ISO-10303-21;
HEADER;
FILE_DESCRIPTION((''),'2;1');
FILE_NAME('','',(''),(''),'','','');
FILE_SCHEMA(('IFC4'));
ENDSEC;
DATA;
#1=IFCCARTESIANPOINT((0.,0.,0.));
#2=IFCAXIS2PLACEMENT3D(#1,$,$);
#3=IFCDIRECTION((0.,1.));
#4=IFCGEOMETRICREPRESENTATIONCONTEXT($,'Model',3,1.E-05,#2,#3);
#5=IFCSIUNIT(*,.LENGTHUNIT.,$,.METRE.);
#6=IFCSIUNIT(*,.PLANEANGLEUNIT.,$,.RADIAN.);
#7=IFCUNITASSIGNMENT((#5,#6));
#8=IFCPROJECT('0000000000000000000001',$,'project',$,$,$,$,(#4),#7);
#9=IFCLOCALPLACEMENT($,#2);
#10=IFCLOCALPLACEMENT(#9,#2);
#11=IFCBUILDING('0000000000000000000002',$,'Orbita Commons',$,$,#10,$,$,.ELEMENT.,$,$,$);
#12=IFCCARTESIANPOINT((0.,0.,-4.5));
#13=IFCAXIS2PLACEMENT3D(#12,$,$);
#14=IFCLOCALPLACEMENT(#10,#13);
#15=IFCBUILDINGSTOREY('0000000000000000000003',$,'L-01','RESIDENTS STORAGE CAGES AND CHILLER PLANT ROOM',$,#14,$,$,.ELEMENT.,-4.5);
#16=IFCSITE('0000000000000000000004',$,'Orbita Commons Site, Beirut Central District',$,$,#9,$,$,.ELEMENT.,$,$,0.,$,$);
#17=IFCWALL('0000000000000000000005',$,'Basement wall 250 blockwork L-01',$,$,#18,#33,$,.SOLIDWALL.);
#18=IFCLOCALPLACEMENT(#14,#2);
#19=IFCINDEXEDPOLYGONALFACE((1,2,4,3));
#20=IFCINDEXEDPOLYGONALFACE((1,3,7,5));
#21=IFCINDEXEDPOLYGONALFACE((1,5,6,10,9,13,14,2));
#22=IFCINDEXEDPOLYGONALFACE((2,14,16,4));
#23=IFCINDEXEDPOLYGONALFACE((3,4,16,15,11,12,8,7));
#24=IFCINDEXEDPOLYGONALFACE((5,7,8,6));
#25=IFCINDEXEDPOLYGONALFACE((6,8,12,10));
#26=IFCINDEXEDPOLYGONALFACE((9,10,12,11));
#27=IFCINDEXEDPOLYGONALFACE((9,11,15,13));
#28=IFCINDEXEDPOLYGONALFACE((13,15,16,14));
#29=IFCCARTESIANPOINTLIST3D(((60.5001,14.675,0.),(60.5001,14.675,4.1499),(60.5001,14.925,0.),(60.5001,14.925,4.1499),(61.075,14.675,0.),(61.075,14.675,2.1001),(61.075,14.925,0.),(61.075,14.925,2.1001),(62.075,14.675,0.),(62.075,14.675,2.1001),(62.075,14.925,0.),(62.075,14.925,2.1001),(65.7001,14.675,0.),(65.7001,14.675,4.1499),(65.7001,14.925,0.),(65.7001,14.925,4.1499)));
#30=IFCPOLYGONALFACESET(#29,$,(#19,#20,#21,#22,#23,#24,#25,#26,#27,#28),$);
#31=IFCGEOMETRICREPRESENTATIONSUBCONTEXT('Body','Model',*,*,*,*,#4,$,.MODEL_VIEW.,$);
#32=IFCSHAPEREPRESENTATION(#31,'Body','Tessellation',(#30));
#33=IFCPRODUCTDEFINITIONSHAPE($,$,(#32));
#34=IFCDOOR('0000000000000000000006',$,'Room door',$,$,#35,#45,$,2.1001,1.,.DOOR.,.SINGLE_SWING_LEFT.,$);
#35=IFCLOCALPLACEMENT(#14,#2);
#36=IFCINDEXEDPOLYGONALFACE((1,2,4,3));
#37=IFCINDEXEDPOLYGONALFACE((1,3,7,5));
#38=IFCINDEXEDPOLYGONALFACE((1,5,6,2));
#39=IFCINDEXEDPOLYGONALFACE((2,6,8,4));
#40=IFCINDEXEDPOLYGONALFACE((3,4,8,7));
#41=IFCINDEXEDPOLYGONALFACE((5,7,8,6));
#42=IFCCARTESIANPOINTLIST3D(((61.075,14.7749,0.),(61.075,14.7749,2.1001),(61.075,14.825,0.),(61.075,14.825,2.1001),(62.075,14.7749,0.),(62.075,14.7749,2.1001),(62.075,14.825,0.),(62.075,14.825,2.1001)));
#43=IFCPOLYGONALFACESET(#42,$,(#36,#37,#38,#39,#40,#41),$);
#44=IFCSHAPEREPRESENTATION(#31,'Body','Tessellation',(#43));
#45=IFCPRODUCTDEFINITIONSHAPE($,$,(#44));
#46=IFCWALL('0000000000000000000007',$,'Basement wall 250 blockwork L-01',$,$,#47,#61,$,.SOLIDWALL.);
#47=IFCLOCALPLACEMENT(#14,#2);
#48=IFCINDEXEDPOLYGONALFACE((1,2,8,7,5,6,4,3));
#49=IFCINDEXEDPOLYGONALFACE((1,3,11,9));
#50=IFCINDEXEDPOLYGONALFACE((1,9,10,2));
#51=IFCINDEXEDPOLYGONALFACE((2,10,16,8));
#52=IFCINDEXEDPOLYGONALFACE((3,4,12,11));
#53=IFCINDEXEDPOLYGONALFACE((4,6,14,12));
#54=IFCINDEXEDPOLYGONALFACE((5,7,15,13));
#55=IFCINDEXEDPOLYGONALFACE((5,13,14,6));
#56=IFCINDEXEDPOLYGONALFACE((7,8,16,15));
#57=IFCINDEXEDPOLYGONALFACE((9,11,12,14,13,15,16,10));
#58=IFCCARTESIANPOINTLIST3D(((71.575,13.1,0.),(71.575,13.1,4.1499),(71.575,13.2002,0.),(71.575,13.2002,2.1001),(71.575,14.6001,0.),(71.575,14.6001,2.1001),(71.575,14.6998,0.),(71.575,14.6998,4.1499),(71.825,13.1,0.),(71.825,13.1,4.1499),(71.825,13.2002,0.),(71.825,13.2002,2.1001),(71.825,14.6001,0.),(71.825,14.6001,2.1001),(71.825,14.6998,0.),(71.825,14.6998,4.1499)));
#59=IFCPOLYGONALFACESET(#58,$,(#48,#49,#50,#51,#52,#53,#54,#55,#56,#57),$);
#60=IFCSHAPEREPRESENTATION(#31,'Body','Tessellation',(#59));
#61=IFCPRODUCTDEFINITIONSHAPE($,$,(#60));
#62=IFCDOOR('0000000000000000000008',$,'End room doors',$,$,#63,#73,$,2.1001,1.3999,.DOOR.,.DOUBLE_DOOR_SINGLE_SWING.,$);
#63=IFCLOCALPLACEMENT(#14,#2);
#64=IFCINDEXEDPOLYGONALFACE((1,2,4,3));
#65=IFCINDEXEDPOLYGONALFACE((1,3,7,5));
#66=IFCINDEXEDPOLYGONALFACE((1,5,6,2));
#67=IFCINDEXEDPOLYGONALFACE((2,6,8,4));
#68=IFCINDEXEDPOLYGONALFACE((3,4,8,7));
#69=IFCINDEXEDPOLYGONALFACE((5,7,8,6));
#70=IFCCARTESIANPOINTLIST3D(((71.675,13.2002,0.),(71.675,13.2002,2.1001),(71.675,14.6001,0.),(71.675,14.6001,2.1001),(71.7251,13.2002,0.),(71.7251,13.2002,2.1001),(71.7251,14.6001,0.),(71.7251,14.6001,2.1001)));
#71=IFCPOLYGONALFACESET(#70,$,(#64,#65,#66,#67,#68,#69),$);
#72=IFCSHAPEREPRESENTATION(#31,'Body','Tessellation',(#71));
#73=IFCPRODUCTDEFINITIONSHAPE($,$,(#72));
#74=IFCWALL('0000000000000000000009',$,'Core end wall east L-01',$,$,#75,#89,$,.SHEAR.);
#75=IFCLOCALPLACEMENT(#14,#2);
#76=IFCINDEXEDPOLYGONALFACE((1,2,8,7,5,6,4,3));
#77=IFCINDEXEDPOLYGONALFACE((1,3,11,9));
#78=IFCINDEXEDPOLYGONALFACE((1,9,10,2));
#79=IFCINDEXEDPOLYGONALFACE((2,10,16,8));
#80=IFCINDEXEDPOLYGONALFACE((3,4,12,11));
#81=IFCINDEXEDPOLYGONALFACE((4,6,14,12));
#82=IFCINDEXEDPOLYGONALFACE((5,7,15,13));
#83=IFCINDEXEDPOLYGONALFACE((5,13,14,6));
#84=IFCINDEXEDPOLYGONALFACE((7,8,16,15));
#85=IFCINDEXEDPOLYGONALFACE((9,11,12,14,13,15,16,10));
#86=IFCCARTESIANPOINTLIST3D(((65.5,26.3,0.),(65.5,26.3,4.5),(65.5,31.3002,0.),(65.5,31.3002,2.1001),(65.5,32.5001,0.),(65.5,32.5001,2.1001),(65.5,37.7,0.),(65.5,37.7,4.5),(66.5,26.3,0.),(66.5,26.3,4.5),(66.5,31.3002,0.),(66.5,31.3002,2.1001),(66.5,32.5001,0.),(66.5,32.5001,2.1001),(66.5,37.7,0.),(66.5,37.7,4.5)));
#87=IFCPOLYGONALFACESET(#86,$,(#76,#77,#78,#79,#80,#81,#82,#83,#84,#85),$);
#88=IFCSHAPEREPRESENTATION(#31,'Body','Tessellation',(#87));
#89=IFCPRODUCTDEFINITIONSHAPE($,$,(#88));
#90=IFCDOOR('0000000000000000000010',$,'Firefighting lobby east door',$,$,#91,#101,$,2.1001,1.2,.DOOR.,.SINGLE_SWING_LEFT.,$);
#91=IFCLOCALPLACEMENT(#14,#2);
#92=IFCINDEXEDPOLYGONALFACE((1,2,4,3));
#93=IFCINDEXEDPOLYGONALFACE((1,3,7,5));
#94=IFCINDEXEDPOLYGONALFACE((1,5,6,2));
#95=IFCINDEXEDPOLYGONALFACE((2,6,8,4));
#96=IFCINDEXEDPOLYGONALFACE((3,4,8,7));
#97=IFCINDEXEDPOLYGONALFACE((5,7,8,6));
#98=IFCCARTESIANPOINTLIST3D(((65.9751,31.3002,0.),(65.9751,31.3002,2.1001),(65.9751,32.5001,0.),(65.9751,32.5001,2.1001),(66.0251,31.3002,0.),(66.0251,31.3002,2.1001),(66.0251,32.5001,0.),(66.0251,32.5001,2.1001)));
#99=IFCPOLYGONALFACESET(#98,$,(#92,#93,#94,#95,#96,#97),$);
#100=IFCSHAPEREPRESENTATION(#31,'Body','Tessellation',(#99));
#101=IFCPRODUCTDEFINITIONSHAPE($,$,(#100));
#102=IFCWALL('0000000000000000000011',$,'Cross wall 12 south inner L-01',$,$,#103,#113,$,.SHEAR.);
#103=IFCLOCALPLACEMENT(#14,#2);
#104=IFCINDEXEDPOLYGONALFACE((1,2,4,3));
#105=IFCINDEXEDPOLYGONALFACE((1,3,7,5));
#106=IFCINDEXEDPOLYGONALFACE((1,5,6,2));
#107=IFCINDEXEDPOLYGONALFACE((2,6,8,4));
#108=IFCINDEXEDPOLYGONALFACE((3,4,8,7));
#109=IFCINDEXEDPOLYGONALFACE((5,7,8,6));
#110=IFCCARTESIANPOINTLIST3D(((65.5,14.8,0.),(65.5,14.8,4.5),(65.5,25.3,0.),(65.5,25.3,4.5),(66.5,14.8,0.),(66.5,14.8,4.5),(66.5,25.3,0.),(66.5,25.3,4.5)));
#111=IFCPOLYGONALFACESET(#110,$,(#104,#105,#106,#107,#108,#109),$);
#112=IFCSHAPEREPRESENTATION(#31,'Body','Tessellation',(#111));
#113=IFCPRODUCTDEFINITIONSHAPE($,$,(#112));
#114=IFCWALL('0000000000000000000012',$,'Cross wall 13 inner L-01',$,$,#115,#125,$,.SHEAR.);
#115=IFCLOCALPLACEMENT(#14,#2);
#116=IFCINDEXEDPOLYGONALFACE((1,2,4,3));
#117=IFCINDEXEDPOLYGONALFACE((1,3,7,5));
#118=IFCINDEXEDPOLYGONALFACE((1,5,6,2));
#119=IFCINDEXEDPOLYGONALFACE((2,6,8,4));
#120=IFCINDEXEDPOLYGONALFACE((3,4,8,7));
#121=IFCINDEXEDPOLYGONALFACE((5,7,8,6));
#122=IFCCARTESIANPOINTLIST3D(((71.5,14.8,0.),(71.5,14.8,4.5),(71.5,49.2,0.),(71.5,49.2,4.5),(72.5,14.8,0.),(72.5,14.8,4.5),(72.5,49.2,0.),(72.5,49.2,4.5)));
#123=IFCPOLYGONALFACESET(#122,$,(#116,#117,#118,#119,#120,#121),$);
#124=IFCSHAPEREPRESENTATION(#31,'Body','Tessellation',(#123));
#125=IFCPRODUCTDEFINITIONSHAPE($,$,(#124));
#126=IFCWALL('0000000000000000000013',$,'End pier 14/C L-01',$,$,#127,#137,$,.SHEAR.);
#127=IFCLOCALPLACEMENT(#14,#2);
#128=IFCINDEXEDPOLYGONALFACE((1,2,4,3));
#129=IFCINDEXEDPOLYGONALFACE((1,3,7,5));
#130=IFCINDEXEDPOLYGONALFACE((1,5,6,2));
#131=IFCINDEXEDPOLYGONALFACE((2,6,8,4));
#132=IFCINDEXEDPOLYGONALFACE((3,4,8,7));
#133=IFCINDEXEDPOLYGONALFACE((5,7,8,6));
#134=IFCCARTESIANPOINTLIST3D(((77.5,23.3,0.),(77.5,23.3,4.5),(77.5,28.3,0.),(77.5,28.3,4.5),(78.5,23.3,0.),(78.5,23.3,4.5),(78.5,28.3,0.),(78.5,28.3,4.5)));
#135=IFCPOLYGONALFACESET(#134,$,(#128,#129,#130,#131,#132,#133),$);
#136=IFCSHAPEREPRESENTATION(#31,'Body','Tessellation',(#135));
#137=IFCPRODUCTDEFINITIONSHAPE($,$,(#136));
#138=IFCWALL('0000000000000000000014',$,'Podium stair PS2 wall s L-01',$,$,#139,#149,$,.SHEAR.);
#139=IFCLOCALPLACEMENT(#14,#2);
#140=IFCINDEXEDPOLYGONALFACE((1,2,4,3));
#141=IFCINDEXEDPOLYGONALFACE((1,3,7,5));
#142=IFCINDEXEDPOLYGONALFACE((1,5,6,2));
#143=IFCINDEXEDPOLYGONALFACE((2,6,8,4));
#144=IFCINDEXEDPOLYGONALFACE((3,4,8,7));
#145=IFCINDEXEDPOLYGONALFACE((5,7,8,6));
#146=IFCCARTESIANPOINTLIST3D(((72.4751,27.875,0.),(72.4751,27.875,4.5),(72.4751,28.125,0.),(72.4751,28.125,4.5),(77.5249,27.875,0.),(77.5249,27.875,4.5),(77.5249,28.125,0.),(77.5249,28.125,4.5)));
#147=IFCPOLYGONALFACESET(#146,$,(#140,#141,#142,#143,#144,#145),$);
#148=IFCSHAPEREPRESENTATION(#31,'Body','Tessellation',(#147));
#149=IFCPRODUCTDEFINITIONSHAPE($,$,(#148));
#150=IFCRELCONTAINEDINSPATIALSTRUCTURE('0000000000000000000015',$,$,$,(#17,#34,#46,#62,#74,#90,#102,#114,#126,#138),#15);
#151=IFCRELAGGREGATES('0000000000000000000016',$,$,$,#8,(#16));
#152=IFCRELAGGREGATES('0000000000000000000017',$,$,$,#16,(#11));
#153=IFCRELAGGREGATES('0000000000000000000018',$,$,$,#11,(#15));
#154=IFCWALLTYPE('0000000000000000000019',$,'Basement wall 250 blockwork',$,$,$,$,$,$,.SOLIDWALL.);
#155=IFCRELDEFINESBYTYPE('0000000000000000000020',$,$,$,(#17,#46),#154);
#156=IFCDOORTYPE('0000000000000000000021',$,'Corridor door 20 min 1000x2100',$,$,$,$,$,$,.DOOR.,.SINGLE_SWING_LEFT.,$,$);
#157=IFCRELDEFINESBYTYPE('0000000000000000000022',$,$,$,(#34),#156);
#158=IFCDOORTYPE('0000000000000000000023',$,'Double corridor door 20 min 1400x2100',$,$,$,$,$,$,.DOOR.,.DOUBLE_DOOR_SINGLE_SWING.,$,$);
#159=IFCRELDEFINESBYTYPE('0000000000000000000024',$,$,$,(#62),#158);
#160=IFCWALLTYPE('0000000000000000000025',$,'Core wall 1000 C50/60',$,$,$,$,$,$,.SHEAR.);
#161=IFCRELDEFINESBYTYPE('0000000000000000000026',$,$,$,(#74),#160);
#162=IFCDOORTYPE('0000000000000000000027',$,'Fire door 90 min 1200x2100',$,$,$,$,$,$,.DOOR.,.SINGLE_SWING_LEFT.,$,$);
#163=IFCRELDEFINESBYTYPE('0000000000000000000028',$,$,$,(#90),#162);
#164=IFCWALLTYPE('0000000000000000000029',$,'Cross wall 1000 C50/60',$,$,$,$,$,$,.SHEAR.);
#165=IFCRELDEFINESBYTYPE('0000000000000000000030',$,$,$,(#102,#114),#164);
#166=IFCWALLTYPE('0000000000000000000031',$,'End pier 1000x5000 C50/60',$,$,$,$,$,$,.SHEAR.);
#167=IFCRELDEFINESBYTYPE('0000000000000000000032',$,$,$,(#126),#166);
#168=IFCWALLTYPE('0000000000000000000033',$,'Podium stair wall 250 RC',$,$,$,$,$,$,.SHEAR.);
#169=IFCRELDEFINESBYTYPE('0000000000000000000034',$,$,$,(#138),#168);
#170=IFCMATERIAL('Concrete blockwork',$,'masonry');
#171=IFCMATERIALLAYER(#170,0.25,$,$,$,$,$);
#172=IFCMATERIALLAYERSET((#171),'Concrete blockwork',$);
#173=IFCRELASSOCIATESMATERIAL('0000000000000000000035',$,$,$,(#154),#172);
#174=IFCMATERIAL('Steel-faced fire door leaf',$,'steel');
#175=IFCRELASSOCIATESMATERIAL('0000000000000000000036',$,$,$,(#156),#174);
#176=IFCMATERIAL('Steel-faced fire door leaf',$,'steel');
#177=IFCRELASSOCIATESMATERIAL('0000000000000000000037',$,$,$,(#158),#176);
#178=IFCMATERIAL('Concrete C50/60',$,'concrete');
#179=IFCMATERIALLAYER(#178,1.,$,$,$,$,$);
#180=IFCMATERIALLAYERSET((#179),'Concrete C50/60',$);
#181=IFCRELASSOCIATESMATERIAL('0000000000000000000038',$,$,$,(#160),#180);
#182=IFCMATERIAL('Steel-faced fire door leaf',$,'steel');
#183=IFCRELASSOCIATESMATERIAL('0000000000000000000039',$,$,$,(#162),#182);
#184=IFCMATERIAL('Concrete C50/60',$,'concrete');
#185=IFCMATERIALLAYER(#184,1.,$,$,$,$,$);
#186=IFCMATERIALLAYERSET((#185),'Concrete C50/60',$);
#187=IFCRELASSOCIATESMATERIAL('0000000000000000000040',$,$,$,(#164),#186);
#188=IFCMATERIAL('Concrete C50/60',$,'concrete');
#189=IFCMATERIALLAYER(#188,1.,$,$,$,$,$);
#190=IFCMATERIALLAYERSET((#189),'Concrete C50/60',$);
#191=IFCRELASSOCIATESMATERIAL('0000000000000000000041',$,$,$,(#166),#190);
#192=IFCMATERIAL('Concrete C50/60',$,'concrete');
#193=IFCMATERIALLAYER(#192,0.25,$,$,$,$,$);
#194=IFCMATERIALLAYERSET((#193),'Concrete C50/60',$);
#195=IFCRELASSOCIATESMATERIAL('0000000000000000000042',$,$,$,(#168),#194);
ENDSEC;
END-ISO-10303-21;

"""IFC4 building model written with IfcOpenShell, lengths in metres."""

from ifc_helpers import new_model, si_unit, direction, frame, frame_2d, origin, place, context, subcontext, project, spatial, rectangle, extrude, material, layer, layer_set, type_object, element, fill, save


model = new_model("IFC4")

# Units and contexts
model_context = context("Model", 3, precision=1e-05, world=origin(), true_north=direction((0.0, 1.0)))
body_context = subcontext(model_context, "Body", "Model", "MODEL_VIEW")
ifc_project = project(units=[si_unit("LENGTHUNIT", "METRE"), si_unit("PLANEANGLEUNIT", "RADIAN")], contexts=[model_context])

# Site, building, storey
site_placement = place(None, origin())
site = spatial("IfcSite", under=ifc_project, at=site_placement, Name="Orbita Commons Site, Beirut Central District", CompositionType="ELEMENT", RefElevation=0.0)
building_placement = place(site_placement, origin())
building = spatial("IfcBuilding", under=site, at=building_placement, Name="Orbita Commons", CompositionType="ELEMENT")
storey_placement = place(building_placement, frame((0.0, 0.0, -4.5)))
storey = spatial("IfcBuildingStorey", under=building, at=storey_placement, Name="L-01", Description="RESIDENTS STORAGE CAGES AND CHILLER PLANT ROOM", CompositionType="ELEMENT", Elevation=-4.5)

# Shared definitions
ifc_material_1 = material(Name="Concrete blockwork", Category="masonry")
ifc_layer_1 = layer(ifc_material_1, 0.25)
ifc_layer_set_1 = layer_set([ifc_layer_1], Name="Concrete blockwork")
wall_type_1 = type_object("IfcWallType", Name="Basement wall 250 blockwork", PredefinedType="SOLIDWALL", material=ifc_layer_set_1)

# Walls, openings, doors
wall_1_placement = place(storey_placement, frame((60.5, 14.8, 0.0), z_axis=(0.0, 0.0, 1.0), x_axis=(1.0, 0.0, 0.0)))
wall_1 = element("IfcWall", 1, at=wall_1_placement, inside=storey, type_object=wall_type_1, Name="Basement wall 250 blockwork L-01", PredefinedType="SOLIDWALL", context=body_context, shape_type="SweptSolid", body=[
    extrude(rectangle(XDim=5.2, YDim=0.25, at=frame_2d((2.6001, 0.0))), origin(), (0.0, 0.0, 1.0), 4.1499),
])
opening_1_placement = place(wall_1_placement, frame((0.575, 0.0, 0.0)))
opening_1 = element("IfcOpeningElement", 2, at=opening_1_placement, cuts=wall_1, PredefinedType="OPENING", context=body_context, shape_type="SweptSolid", body=[
    extrude(rectangle(XDim=1.0, YDim=2.1001, at=frame_2d((0.5, 1.05))), frame((0.0, 0.135, 0.0), z_axis=(0.0, -1.0, 0.0), x_axis=(1.0, 0.0, 0.0)), (0.0, 0.0, 1.0), 0.27),
])
ifc_material_2 = material(Name="Steel-faced fire door leaf", Category="steel")
door_type_1 = type_object("IfcDoorType", Name="Corridor door 20 min 1000x2100", OperationType="SINGLE_SWING_LEFT", PredefinedType="DOOR", material=ifc_material_2)
door_1_placement = place(opening_1_placement, origin())
door_1 = element("IfcDoor", 3, at=door_1_placement, inside=storey, type_object=door_type_1, Name="Room door", OperationType="SINGLE_SWING_LEFT", OverallHeight=2.1001, OverallWidth=1.0, PredefinedType="DOOR", context=body_context, shape_type="SweptSolid", body=[
    extrude(rectangle(XDim=1.0, YDim=2.1001, at=frame_2d((0.5, 1.05))), frame((0.0, 0.0249, 0.0), z_axis=(0.0, -1.0, 0.0), x_axis=(1.0, 0.0, 0.0)), (0.0, 0.0, 1.0), 0.05),
])
fill(opening_1, door_1)
wall_2_placement = place(storey_placement, frame((71.7, 13.1001, 0.0), z_axis=(0.0, 0.0, 1.0), x_axis=(0.0, 1.0, 0.0)))
wall_2 = element("IfcWall", 4, at=wall_2_placement, inside=storey, type_object=wall_type_1, Name="Basement wall 250 blockwork L-01", PredefinedType="SOLIDWALL", context=body_context, shape_type="SweptSolid", body=[
    extrude(rectangle(XDim=1.5999, YDim=0.25, at=frame_2d((0.7998, 0.0))), origin(), (0.0, 0.0, 1.0), 4.1499),
])
opening_2_placement = place(wall_2_placement, frame((0.1001, 0.0, 0.0)))
opening_2 = element("IfcOpeningElement", 5, at=opening_2_placement, cuts=wall_2, PredefinedType="OPENING", context=body_context, shape_type="SweptSolid", body=[
    extrude(rectangle(XDim=1.3999, YDim=2.1001, at=frame_2d((0.7, 1.05))), frame((0.0, 0.135, 0.0), z_axis=(0.0, -1.0, 0.0), x_axis=(1.0, 0.0, 0.0)), (0.0, 0.0, 1.0), 0.27),
])
ifc_material_3 = material(Name="Steel-faced fire door leaf", Category="steel")
door_type_2 = type_object("IfcDoorType", Name="Double corridor door 20 min 1400x2100", OperationType="DOUBLE_DOOR_SINGLE_SWING", PredefinedType="DOOR", material=ifc_material_3)
door_2_placement = place(opening_2_placement, origin())
door_2 = element("IfcDoor", 6, at=door_2_placement, inside=storey, type_object=door_type_2, Name="End room doors", OperationType="DOUBLE_DOOR_SINGLE_SWING", OverallHeight=2.1001, OverallWidth=1.3999, PredefinedType="DOOR", context=body_context, shape_type="SweptSolid", body=[
    extrude(rectangle(XDim=1.3999, YDim=2.1001, at=frame_2d((0.7, 1.05))), frame((0.0, 0.0249, 0.0), z_axis=(0.0, -1.0, 0.0), x_axis=(1.0, 0.0, 0.0)), (0.0, 0.0, 1.0), 0.05),
])
fill(opening_2, door_2)
ifc_material_4 = material(Name="Concrete C50/60", Category="concrete")
ifc_layer_2 = layer(ifc_material_4, 1.0)
ifc_layer_set_2 = layer_set([ifc_layer_2], Name="Concrete C50/60")
wall_type_2 = type_object("IfcWallType", Name="Core wall 1000 C50/60", PredefinedType="SHEAR", material=ifc_layer_set_2)
wall_3_placement = place(storey_placement, frame((66.0, 26.3, 0.0), z_axis=(0.0, 0.0, 1.0), x_axis=(0.0, 1.0, 0.0)))
wall_3 = element("IfcWall", 7, at=wall_3_placement, inside=storey, type_object=wall_type_2, Name="Core end wall east L-01", PredefinedType="SHEAR", context=body_context, shape_type="SweptSolid", body=[
    extrude(rectangle(XDim=11.3999, YDim=1.0, at=frame_2d((5.7, 0.0))), origin(), (0.0, 0.0, 1.0), 4.5),
])
opening_3_placement = place(wall_3_placement, frame((5.0, 0.0, 0.0)))
opening_3 = element("IfcOpeningElement", 8, at=opening_3_placement, cuts=wall_3, PredefinedType="OPENING", context=body_context, shape_type="SweptSolid", body=[
    extrude(rectangle(XDim=1.2, YDim=2.1001, at=frame_2d((0.6001, 1.05))), frame((0.0, 0.51, 0.0), z_axis=(0.0, -1.0, 0.0), x_axis=(1.0, 0.0, 0.0)), (0.0, 0.0, 1.0), 1.02),
])
ifc_material_5 = material(Name="Steel-faced fire door leaf", Category="steel")
door_type_3 = type_object("IfcDoorType", Name="Fire door 90 min 1200x2100", OperationType="SINGLE_SWING_LEFT", PredefinedType="DOOR", material=ifc_material_5)
door_3_placement = place(opening_3_placement, origin())
door_3 = element("IfcDoor", 9, at=door_3_placement, inside=storey, type_object=door_type_3, Name="Firefighting lobby east door", OperationType="SINGLE_SWING_LEFT", OverallHeight=2.1001, OverallWidth=1.2, PredefinedType="DOOR", context=body_context, shape_type="SweptSolid", body=[
    extrude(rectangle(XDim=1.2, YDim=2.1001, at=frame_2d((0.6001, 1.05))), frame((0.0, 0.0249, 0.0), z_axis=(0.0, -1.0, 0.0), x_axis=(1.0, 0.0, 0.0)), (0.0, 0.0, 1.0), 0.05),
])
fill(opening_3, door_3)

# Walls
ifc_material_6 = material(Name="Concrete C50/60", Category="concrete")
ifc_layer_3 = layer(ifc_material_6, 1.0)
ifc_layer_set_3 = layer_set([ifc_layer_3], Name="Concrete C50/60")
wall_type_3 = type_object("IfcWallType", Name="Cross wall 1000 C50/60", PredefinedType="SHEAR", material=ifc_layer_set_3)
wall_4_placement = place(storey_placement, frame((66.0, 14.8, 0.0), z_axis=(0.0, 0.0, 1.0), x_axis=(0.0, 1.0, 0.0)))
element("IfcWall", 10, at=wall_4_placement, inside=storey, type_object=wall_type_3, Name="Cross wall 12 south inner L-01", PredefinedType="SHEAR", context=body_context, shape_type="SweptSolid", body=[
    extrude(rectangle(XDim=10.5, YDim=1.0, at=frame_2d((5.25, 0.0))), origin(), (0.0, 0.0, 1.0), 4.5),
])
wall_5_placement = place(storey_placement, frame((72.0, 14.8, 0.0), z_axis=(0.0, 0.0, 1.0), x_axis=(0.0, 1.0, 0.0)))
element("IfcWall", 11, at=wall_5_placement, inside=storey, type_object=wall_type_3, Name="Cross wall 13 inner L-01", PredefinedType="SHEAR", context=body_context, shape_type="SweptSolid", body=[
    extrude(rectangle(XDim=34.3999, YDim=1.0, at=frame_2d((17.2, 0.0))), origin(), (0.0, 0.0, 1.0), 4.5),
])
ifc_material_7 = material(Name="Concrete C50/60", Category="concrete")
ifc_layer_4 = layer(ifc_material_7, 1.0)
ifc_layer_set_4 = layer_set([ifc_layer_4], Name="Concrete C50/60")
wall_type_4 = type_object("IfcWallType", Name="End pier 1000x5000 C50/60", PredefinedType="SHEAR", material=ifc_layer_set_4)
wall_6_placement = place(storey_placement, frame((78.0, 23.3, 0.0), z_axis=(0.0, 0.0, 1.0), x_axis=(0.0, 1.0, 0.0)))
element("IfcWall", 12, at=wall_6_placement, inside=storey, type_object=wall_type_4, Name="End pier 14/C L-01", PredefinedType="SHEAR", context=body_context, shape_type="SweptSolid", body=[
    extrude(rectangle(XDim=5.0, YDim=1.0, at=frame_2d((2.5, 0.0))), origin(), (0.0, 0.0, 1.0), 4.5),
])
ifc_material_8 = material(Name="Concrete C50/60", Category="concrete")
ifc_layer_5 = layer(ifc_material_8, 0.25)
ifc_layer_set_5 = layer_set([ifc_layer_5], Name="Concrete C50/60")
wall_type_5 = type_object("IfcWallType", Name="Podium stair wall 250 RC", PredefinedType="SHEAR", material=ifc_layer_set_5)
wall_7_placement = place(storey_placement, frame((72.4751, 28.0, 0.0), z_axis=(0.0, 0.0, 1.0), x_axis=(1.0, 0.0, 0.0)))
element("IfcWall", 13, at=wall_7_placement, inside=storey, type_object=wall_type_5, Name="Podium stair PS2 wall s L-01", PredefinedType="SHEAR", context=body_context, shape_type="SweptSolid", body=[
    extrude(rectangle(XDim=5.0498, YDim=0.25, at=frame_2d((2.5249, 0.0))), origin(), (0.0, 0.0, 1.0), 4.5),
])

save(model, "model.ifc")
